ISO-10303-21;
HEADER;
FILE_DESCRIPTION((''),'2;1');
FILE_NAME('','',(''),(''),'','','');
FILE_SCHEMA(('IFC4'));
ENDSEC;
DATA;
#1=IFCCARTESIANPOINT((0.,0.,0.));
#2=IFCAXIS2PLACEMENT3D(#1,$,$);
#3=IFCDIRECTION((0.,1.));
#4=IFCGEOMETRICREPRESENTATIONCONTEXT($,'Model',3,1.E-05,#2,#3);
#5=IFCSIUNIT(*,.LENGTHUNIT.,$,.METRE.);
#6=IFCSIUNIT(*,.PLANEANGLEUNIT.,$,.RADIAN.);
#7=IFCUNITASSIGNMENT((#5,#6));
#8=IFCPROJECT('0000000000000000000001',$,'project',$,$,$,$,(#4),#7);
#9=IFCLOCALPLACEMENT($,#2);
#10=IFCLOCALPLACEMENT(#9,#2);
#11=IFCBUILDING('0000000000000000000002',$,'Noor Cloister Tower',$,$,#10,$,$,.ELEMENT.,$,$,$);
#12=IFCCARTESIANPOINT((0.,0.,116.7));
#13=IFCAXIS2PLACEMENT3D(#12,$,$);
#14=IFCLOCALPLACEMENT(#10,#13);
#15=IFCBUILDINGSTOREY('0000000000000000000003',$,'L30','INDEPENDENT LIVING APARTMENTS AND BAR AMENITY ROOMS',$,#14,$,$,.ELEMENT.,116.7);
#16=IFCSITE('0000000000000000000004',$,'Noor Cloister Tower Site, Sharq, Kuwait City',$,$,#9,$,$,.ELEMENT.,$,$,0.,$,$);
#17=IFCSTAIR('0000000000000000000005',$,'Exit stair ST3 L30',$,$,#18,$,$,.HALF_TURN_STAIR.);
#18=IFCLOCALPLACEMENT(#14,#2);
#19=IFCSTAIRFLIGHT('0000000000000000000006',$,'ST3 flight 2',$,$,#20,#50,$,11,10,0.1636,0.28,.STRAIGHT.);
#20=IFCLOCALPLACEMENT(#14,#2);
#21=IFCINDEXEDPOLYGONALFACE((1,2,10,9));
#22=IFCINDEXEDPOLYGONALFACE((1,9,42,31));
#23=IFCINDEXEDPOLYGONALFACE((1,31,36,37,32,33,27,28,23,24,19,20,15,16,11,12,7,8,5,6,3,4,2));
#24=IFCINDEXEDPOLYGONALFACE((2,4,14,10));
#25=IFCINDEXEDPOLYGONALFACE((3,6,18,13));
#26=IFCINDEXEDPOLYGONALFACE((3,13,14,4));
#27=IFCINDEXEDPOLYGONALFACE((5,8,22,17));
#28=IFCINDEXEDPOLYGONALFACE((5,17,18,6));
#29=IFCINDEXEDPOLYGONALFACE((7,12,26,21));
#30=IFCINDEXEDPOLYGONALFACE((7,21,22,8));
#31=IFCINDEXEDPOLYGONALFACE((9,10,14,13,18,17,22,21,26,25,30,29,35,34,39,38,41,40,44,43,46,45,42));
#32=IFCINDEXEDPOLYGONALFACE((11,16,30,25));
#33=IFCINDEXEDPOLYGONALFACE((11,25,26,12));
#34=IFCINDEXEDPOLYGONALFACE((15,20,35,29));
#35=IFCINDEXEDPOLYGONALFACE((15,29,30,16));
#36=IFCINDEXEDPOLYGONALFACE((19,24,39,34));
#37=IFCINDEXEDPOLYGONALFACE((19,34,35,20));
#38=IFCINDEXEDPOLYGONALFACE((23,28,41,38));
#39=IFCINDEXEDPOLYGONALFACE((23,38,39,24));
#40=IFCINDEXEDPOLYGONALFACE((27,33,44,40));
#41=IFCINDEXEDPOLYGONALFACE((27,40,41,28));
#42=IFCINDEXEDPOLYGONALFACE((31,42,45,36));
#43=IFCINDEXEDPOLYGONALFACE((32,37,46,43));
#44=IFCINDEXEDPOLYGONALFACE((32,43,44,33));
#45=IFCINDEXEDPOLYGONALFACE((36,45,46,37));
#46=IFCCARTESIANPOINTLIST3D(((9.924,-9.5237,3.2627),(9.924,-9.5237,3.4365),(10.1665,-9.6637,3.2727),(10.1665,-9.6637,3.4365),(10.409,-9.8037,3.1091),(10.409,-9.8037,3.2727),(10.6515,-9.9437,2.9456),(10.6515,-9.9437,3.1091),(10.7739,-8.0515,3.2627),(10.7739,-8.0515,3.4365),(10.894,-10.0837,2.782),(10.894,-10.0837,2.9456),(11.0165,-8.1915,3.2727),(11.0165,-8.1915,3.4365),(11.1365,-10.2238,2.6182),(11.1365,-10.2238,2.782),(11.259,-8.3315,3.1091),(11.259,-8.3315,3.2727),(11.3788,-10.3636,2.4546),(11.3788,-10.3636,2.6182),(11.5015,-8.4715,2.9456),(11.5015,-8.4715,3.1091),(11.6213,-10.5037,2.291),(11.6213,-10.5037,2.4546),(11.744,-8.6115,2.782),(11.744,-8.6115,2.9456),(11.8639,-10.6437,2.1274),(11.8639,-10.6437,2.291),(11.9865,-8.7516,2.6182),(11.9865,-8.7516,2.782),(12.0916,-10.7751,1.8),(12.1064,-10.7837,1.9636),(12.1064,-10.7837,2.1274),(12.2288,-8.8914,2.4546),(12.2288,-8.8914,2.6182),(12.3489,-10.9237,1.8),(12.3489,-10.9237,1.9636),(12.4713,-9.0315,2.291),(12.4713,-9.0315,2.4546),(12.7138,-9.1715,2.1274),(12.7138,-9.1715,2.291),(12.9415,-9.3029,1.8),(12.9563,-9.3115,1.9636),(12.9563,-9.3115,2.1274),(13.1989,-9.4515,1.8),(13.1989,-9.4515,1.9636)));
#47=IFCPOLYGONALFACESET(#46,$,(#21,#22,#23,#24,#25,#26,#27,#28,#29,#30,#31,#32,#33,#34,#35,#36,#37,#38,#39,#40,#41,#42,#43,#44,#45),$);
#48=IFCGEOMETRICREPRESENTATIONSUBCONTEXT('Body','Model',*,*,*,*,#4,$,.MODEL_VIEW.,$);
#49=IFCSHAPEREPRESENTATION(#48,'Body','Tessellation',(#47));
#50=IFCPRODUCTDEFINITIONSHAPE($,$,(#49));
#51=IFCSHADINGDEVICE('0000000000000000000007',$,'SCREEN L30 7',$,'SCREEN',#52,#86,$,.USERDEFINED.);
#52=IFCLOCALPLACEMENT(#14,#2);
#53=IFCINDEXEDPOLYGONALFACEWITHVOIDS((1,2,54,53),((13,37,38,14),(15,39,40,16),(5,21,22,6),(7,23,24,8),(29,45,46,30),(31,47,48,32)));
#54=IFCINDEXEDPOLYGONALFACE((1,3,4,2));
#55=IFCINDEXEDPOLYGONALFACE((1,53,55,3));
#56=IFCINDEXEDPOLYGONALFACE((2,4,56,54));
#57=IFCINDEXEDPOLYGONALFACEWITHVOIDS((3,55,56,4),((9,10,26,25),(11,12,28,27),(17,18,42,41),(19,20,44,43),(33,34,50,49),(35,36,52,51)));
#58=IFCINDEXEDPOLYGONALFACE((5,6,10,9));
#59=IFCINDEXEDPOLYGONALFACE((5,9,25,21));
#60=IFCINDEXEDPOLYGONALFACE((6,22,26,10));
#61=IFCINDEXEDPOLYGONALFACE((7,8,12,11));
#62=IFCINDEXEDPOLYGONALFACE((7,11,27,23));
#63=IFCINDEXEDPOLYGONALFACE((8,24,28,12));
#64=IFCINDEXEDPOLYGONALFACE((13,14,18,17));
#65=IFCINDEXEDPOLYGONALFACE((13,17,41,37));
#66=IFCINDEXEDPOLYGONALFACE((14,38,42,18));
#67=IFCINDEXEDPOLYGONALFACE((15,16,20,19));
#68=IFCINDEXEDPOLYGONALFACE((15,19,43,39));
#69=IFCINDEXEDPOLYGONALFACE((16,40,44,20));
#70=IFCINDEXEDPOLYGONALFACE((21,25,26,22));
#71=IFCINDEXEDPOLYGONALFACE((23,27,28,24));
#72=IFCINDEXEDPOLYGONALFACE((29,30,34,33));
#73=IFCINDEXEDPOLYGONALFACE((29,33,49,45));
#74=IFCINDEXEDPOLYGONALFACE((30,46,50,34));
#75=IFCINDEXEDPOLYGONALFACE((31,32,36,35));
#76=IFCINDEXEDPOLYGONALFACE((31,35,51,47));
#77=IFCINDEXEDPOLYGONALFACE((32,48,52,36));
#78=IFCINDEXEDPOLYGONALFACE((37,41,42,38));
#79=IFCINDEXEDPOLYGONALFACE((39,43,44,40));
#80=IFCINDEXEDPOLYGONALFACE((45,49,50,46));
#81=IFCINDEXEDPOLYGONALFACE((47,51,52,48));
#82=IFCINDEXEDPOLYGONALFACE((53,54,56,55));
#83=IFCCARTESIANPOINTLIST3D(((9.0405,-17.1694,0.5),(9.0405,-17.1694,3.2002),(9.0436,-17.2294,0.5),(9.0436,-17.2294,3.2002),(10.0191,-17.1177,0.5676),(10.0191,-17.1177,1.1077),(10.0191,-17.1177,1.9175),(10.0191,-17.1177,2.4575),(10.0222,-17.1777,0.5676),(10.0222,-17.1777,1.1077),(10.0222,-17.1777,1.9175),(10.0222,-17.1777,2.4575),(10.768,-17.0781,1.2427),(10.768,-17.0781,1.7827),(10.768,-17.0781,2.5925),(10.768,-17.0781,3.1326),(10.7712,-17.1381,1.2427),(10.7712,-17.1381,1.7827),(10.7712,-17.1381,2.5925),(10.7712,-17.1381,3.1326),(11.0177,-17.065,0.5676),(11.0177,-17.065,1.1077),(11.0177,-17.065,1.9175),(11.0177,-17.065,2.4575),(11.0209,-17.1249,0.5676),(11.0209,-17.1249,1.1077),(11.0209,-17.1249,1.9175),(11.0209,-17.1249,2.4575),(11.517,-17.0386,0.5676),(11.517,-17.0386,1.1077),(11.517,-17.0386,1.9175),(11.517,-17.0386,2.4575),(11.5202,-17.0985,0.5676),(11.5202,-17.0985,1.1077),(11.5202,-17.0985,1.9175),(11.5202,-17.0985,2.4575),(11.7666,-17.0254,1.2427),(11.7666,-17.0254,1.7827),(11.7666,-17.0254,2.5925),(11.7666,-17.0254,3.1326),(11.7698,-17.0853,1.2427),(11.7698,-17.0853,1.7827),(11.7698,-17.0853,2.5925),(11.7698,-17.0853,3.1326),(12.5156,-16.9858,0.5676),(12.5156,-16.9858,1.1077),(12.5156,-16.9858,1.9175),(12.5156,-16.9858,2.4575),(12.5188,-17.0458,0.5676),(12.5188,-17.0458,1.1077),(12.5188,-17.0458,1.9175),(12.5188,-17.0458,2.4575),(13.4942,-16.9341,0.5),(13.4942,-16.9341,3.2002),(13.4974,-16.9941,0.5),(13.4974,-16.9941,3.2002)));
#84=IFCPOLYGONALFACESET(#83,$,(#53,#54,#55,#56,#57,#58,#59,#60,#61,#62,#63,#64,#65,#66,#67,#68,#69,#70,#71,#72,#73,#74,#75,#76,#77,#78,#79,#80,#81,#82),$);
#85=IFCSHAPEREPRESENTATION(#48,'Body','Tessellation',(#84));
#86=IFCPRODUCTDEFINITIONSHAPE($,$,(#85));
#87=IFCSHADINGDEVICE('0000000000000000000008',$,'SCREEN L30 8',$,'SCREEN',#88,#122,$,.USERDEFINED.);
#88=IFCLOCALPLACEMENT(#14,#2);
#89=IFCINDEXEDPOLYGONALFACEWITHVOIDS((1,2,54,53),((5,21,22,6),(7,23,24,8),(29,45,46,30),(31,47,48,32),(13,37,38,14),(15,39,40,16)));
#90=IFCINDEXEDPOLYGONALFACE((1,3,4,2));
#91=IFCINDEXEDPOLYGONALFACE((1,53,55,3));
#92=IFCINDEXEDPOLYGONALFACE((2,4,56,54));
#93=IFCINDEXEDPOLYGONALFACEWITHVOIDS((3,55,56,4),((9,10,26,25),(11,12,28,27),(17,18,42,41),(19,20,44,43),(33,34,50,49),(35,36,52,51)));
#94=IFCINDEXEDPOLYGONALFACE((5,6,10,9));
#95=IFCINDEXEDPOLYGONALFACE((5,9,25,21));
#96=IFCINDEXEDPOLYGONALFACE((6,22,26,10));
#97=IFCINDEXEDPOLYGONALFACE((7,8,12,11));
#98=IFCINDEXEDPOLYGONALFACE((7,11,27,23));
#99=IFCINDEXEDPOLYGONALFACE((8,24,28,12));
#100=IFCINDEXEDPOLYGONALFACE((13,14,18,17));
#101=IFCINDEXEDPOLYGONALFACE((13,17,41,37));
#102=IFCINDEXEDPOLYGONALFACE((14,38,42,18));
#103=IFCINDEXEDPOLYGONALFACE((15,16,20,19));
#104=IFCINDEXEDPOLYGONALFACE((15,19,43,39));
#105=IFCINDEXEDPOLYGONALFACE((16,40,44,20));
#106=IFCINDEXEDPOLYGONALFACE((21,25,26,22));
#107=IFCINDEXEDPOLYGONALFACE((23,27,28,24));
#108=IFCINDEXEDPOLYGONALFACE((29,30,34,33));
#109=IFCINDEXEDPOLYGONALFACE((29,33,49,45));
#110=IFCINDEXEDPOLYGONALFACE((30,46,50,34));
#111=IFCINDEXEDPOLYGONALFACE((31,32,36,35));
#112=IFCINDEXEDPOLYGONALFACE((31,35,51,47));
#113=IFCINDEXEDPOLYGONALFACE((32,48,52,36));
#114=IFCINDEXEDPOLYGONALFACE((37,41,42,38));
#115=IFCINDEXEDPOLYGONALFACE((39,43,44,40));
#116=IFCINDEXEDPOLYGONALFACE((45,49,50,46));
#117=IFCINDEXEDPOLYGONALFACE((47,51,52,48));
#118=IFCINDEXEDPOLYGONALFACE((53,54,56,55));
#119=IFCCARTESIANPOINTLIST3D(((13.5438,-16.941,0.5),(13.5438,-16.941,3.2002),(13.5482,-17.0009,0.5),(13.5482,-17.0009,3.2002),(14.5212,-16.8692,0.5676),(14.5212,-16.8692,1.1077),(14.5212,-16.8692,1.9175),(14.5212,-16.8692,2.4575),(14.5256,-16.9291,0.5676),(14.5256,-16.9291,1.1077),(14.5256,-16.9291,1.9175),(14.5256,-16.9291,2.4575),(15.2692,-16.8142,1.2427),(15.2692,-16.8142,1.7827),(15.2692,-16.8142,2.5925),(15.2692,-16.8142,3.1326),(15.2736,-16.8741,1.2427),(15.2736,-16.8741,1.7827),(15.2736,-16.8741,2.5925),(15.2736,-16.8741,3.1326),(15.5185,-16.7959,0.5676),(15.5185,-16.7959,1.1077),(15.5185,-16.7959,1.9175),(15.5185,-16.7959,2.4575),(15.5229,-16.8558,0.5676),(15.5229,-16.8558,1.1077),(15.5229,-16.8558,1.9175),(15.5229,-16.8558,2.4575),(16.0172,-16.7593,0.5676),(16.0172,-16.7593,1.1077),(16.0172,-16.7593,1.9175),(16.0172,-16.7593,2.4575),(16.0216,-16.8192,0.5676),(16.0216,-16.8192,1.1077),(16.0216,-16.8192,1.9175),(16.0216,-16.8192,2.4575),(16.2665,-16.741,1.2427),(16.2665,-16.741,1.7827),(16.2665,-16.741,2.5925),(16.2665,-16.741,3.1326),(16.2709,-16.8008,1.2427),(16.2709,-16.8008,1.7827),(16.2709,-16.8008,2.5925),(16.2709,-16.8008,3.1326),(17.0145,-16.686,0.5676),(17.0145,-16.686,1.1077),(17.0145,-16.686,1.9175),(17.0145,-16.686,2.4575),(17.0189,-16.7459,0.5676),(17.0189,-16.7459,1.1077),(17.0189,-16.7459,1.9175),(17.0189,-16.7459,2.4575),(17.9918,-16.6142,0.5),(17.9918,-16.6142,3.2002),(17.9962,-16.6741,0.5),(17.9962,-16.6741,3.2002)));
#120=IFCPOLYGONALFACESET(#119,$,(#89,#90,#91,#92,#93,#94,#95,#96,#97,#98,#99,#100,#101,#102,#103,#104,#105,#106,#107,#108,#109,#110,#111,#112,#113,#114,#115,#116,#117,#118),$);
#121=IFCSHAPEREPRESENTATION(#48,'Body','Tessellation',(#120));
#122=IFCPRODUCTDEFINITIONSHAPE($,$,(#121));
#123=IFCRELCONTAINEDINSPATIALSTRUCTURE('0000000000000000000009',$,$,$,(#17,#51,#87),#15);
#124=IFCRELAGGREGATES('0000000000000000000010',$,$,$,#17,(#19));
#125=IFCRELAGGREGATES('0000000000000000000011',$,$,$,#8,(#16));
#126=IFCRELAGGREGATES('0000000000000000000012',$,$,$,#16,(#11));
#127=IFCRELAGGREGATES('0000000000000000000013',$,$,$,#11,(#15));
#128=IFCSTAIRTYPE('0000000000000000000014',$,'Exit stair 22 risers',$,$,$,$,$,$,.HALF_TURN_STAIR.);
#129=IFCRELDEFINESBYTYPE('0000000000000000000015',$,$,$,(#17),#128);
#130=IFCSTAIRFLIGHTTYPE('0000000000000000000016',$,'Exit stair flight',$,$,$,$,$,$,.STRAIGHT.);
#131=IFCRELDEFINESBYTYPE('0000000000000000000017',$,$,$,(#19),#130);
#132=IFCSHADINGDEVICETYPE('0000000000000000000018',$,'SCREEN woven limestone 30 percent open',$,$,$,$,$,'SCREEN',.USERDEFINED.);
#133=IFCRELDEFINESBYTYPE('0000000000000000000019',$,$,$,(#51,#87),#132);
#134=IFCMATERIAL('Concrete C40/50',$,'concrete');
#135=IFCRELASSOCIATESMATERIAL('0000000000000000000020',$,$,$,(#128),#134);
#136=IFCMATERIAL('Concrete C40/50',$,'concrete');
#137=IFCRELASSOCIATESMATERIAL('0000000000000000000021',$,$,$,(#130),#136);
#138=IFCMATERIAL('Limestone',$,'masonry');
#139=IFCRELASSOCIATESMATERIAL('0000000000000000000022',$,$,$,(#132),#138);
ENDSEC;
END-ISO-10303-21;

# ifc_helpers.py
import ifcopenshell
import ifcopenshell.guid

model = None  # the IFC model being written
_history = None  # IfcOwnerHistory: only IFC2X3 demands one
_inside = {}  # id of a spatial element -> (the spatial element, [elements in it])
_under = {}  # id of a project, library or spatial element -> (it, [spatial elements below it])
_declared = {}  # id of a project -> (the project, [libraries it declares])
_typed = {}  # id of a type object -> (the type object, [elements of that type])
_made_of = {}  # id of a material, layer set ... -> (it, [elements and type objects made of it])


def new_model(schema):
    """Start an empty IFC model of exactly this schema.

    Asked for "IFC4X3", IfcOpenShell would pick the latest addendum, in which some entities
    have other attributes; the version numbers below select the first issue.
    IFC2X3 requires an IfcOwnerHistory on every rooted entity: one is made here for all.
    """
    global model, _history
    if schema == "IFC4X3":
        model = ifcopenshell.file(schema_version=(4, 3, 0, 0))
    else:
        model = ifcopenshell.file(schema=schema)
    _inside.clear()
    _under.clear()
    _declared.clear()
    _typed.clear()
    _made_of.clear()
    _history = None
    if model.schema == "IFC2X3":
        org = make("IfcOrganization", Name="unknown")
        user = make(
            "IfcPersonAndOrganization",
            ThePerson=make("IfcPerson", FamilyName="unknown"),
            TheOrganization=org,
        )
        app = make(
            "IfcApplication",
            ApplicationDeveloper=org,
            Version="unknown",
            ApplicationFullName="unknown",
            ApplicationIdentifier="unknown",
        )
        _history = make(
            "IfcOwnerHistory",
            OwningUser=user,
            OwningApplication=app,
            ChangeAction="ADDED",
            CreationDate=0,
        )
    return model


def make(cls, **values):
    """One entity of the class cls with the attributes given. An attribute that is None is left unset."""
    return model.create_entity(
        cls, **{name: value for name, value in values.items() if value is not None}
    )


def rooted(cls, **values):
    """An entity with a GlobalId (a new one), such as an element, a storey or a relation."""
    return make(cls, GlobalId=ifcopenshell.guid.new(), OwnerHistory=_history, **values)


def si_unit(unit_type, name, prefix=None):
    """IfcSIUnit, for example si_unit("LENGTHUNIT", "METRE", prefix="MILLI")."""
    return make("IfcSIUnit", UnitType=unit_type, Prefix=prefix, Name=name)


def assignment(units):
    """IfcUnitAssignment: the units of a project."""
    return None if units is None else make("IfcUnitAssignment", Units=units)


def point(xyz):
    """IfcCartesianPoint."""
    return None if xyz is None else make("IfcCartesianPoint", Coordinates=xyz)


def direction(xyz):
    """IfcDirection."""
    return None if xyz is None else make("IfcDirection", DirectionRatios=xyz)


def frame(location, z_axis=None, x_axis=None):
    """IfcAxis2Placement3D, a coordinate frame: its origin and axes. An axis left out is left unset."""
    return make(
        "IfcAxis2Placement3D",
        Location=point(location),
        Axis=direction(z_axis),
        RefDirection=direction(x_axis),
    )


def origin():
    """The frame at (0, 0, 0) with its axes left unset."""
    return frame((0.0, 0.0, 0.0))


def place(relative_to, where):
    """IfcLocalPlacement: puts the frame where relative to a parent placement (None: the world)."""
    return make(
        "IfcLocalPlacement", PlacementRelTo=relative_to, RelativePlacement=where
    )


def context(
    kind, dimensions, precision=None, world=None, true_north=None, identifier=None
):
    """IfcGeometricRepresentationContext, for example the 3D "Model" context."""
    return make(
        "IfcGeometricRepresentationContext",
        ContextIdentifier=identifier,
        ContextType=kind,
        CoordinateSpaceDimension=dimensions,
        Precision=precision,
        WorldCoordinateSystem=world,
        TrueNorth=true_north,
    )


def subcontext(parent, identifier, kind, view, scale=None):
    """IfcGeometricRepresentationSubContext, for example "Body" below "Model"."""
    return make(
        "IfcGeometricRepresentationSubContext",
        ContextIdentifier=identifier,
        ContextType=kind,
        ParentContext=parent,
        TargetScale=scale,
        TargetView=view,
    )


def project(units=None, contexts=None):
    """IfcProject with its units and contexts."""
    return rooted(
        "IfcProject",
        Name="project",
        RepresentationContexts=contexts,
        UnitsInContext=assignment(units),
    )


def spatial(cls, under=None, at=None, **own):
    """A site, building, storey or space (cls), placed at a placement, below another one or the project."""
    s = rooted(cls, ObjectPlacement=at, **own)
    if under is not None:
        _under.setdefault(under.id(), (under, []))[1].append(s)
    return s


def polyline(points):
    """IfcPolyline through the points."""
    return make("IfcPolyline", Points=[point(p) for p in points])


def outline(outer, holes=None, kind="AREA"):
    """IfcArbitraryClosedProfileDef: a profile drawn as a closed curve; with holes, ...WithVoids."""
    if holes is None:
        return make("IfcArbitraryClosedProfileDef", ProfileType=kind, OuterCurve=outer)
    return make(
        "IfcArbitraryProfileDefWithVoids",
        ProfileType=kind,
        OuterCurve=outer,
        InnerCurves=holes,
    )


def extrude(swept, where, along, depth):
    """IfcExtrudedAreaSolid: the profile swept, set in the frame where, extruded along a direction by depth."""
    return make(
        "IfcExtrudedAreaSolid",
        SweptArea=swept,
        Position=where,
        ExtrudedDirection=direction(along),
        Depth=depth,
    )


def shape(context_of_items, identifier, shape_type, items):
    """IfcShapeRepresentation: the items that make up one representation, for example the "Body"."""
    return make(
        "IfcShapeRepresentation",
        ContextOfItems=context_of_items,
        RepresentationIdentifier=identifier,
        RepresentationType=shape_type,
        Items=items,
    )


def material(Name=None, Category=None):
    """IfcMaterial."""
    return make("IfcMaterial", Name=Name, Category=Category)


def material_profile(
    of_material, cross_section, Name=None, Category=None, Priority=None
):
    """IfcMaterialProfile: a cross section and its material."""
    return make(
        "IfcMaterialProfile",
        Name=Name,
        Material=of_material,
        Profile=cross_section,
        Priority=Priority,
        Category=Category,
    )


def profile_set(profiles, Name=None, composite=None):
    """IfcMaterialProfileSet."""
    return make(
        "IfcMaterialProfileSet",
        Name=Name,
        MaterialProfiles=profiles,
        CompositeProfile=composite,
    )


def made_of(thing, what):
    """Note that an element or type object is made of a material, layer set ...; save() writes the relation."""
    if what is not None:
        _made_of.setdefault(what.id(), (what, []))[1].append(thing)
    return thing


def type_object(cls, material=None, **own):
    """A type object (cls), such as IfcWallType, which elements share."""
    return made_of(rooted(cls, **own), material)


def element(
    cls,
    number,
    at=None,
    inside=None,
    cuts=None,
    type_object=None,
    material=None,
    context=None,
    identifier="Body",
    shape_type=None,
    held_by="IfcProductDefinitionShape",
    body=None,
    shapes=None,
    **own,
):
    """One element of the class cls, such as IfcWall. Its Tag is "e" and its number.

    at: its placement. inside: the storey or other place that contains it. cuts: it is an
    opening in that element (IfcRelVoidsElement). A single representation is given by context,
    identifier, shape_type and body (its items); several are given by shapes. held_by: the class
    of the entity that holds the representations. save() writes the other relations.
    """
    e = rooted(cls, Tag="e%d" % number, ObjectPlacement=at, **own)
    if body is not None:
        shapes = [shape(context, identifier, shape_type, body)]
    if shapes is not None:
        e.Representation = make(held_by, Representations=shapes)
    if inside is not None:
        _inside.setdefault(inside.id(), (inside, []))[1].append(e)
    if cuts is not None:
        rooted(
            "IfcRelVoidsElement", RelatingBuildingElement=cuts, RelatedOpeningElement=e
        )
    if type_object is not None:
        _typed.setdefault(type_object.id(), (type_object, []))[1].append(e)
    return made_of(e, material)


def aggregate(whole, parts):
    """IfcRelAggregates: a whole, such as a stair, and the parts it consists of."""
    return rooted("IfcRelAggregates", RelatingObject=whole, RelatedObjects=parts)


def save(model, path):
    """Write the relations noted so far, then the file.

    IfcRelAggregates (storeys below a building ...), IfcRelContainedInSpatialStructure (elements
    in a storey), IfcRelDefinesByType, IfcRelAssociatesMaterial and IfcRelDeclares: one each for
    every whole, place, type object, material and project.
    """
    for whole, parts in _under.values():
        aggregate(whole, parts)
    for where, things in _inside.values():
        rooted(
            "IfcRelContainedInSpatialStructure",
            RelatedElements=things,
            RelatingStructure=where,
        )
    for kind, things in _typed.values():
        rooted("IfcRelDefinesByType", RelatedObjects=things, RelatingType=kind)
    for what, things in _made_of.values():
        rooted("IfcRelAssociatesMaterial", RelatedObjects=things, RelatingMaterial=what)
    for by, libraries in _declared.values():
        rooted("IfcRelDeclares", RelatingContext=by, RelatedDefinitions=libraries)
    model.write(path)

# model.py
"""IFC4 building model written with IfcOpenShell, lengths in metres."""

from ifc_helpers import new_model, si_unit, direction, frame, origin, place, context, subcontext, project, spatial, polyline, outline, extrude, material, material_profile, profile_set, type_object, element, aggregate, save


model = new_model("IFC4")

# Units and contexts
model_context = context("Model", 3, precision=1e-05, world=origin(), true_north=direction((0.0, 1.0)))
body_context = subcontext(model_context, "Body", "Model", "MODEL_VIEW")
ifc_project = project(units=[si_unit("LENGTHUNIT", "METRE"), si_unit("PLANEANGLEUNIT", "RADIAN")], contexts=[model_context])

# Site, building, storey
site_placement = place(None, origin())
site = spatial("IfcSite", under=ifc_project, at=site_placement, Name="Noor Cloister Tower Site, Sharq, Kuwait City", CompositionType="ELEMENT", RefElevation=0.0)
building_placement = place(site_placement, origin())
building = spatial("IfcBuilding", under=site, at=building_placement, Name="Noor Cloister Tower", CompositionType="ELEMENT")
storey_placement = place(building_placement, frame((0.0, 0.0, 116.7)))
storey = spatial("IfcBuildingStorey", under=building, at=storey_placement, Name="L30", Description="INDEPENDENT LIVING APARTMENTS AND BAR AMENITY ROOMS", CompositionType="ELEMENT", Elevation=116.7)

# Stair, stair flight
ifc_material_1 = material(Name="Concrete C40/50", Category="concrete")
stair_type = type_object("IfcStairType", Name="Exit stair 22 risers", PredefinedType="HALF_TURN_STAIR", material=ifc_material_1)
stair_placement = place(storey_placement, origin())
stair = element("IfcStair", 1, at=stair_placement, inside=storey, type_object=stair_type, Name="Exit stair ST3 L30", PredefinedType="HALF_TURN_STAIR")
ifc_material_2 = material(Name="Concrete C40/50", Category="concrete")
stair_flight_type = type_object("IfcStairFlightType", Name="Exit stair flight", PredefinedType="STRAIGHT", material=ifc_material_2)
stair_flight_placement = place(storey_placement, frame((12.7739, -10.1875, 1.8), z_axis=(0.0, 0.0, 1.0), x_axis=(-0.866025, 0.5, 0.0)))
stair_flight = element("IfcStairFlight", 2, at=stair_flight_placement, type_object=stair_flight_type, Name="ST3 flight 2", NumberOfRisers=11, NumberOfTreads=10, PredefinedType="STRAIGHT", RiserHeight=0.1636, TreadLength=0.28, context=body_context, shape_type="SweptSolid", body=[
    extrude(outline(polyline([(0.0, 0.0), (0.0, 0.1636), (0.28, 0.1636), (0.28, 0.3274), (0.5601, 0.3274), (0.5601, 0.491), (0.8401, 0.491), (0.8401, 0.6545), (1.1201, 0.6545), (1.1201, 0.8181), (1.3999, 0.8181), (1.3999, 0.9819), (1.6799, 0.9819), (1.6799, 1.1455), (1.96, 1.1455), (1.96, 1.3091), (2.24, 1.3091), (2.24, 1.4727), (2.52, 1.4727), (2.52, 1.6365), (2.8, 1.6365), (2.8, 1.8), (2.8, 1.4626), (0.2971, 0.0), (0.0, 0.0)])), frame((0.0, 0.8501, 0.0), z_axis=(0.0, -1.0, 0.0), x_axis=(1.0, 0.0, 0.0)), (0.0, 0.0, 1.0), 1.7),
])
aggregate(stair, [stair_flight])

# Shading devices
ifc_material_3 = material(Name="Limestone", Category="masonry")
ifc_material_profile_1 = material_profile(ifc_material_3, outline(polyline([(-2.23, -1.3501), (2.23, -1.3501), (2.23, 1.3501), (-2.23, 1.3501), (-2.23, -1.3501)]), holes=[polyline([(-1.25, -1.2825), (-0.25, -1.2825), (-0.25, -0.7424), (-1.25, -0.7424), (-1.25, -1.2825)]), polyline([(0.25, -1.2825), (1.25, -1.2825), (1.25, -0.7424), (0.25, -0.7424), (0.25, -1.2825)]), polyline([(-0.5, -0.6074), (0.5, -0.6074), (0.5, -0.0674), (-0.5, -0.0674), (-0.5, -0.6074)]), polyline([(-1.25, 0.0674), (-0.25, 0.0674), (-0.25, 0.6074), (-1.25, 0.6074), (-1.25, 0.0674)]), polyline([(0.25, 0.0674), (1.25, 0.0674), (1.25, 0.6074), (0.25, 0.6074), (0.25, 0.0674)]), polyline([(-0.5, 0.7424), (0.5, 0.7424), (0.5, 1.2825), (-0.5, 1.2825), (-0.5, 0.7424)])]), Name="Woven screen 30 percent open")
ifc_profile_set_1 = profile_set([ifc_material_profile_1], Name="Limestone")
shading_device_type = type_object("IfcShadingDeviceType", Name="SCREEN woven limestone 30 percent open", ElementType="SCREEN", PredefinedType="USERDEFINED", material=ifc_profile_set_1)
for number, where, z_axis, x_axis, name in (
    (3, (11.2673, -17.0518, 1.8501), (0.052772, -0.998607, 0.0), (0.998607, 0.052772, 0.0), "SCREEN L30 7"),
    (4, (15.7678, -16.7776, 1.8501), (0.073272, -0.997312, 0.0), (0.997312, 0.073272, 0.0), "SCREEN L30 8"),
):
    element("IfcShadingDevice", number, at=place(storey_placement, frame(where, z_axis=z_axis, x_axis=x_axis)), inside=storey, type_object=shading_device_type, Name=name, ObjectType="SCREEN", PredefinedType="USERDEFINED", context=body_context, shape_type="SweptSolid", body=[
        extrude(outline(polyline([(-2.23, -1.3501), (2.23, -1.3501), (2.23, 1.3501), (-2.23, 1.3501), (-2.23, -1.3501)]), holes=[polyline([(-1.25, -1.2825), (-0.25, -1.2825), (-0.25, -0.7424), (-1.25, -0.7424), (-1.25, -1.2825)]), polyline([(0.25, -1.2825), (1.25, -1.2825), (1.25, -0.7424), (0.25, -0.7424), (0.25, -1.2825)]), polyline([(-0.5, -0.6074), (0.5, -0.6074), (0.5, -0.0674), (-0.5, -0.0674), (-0.5, -0.6074)]), polyline([(-1.25, 0.0674), (-0.25, 0.0674), (-0.25, 0.6074), (-1.25, 0.6074), (-1.25, 0.0674)]), polyline([(0.25, 0.0674), (1.25, 0.0674), (1.25, 0.6074), (0.25, 0.6074), (0.25, 0.0674)]), polyline([(-0.5, 0.7424), (0.5, 0.7424), (0.5, 1.2825), (-0.5, 1.2825), (-0.5, 0.7424)])]), origin(), (0.0, 0.0, 1.0), 0.0601),
    ])

save(model, "model.ifc")
